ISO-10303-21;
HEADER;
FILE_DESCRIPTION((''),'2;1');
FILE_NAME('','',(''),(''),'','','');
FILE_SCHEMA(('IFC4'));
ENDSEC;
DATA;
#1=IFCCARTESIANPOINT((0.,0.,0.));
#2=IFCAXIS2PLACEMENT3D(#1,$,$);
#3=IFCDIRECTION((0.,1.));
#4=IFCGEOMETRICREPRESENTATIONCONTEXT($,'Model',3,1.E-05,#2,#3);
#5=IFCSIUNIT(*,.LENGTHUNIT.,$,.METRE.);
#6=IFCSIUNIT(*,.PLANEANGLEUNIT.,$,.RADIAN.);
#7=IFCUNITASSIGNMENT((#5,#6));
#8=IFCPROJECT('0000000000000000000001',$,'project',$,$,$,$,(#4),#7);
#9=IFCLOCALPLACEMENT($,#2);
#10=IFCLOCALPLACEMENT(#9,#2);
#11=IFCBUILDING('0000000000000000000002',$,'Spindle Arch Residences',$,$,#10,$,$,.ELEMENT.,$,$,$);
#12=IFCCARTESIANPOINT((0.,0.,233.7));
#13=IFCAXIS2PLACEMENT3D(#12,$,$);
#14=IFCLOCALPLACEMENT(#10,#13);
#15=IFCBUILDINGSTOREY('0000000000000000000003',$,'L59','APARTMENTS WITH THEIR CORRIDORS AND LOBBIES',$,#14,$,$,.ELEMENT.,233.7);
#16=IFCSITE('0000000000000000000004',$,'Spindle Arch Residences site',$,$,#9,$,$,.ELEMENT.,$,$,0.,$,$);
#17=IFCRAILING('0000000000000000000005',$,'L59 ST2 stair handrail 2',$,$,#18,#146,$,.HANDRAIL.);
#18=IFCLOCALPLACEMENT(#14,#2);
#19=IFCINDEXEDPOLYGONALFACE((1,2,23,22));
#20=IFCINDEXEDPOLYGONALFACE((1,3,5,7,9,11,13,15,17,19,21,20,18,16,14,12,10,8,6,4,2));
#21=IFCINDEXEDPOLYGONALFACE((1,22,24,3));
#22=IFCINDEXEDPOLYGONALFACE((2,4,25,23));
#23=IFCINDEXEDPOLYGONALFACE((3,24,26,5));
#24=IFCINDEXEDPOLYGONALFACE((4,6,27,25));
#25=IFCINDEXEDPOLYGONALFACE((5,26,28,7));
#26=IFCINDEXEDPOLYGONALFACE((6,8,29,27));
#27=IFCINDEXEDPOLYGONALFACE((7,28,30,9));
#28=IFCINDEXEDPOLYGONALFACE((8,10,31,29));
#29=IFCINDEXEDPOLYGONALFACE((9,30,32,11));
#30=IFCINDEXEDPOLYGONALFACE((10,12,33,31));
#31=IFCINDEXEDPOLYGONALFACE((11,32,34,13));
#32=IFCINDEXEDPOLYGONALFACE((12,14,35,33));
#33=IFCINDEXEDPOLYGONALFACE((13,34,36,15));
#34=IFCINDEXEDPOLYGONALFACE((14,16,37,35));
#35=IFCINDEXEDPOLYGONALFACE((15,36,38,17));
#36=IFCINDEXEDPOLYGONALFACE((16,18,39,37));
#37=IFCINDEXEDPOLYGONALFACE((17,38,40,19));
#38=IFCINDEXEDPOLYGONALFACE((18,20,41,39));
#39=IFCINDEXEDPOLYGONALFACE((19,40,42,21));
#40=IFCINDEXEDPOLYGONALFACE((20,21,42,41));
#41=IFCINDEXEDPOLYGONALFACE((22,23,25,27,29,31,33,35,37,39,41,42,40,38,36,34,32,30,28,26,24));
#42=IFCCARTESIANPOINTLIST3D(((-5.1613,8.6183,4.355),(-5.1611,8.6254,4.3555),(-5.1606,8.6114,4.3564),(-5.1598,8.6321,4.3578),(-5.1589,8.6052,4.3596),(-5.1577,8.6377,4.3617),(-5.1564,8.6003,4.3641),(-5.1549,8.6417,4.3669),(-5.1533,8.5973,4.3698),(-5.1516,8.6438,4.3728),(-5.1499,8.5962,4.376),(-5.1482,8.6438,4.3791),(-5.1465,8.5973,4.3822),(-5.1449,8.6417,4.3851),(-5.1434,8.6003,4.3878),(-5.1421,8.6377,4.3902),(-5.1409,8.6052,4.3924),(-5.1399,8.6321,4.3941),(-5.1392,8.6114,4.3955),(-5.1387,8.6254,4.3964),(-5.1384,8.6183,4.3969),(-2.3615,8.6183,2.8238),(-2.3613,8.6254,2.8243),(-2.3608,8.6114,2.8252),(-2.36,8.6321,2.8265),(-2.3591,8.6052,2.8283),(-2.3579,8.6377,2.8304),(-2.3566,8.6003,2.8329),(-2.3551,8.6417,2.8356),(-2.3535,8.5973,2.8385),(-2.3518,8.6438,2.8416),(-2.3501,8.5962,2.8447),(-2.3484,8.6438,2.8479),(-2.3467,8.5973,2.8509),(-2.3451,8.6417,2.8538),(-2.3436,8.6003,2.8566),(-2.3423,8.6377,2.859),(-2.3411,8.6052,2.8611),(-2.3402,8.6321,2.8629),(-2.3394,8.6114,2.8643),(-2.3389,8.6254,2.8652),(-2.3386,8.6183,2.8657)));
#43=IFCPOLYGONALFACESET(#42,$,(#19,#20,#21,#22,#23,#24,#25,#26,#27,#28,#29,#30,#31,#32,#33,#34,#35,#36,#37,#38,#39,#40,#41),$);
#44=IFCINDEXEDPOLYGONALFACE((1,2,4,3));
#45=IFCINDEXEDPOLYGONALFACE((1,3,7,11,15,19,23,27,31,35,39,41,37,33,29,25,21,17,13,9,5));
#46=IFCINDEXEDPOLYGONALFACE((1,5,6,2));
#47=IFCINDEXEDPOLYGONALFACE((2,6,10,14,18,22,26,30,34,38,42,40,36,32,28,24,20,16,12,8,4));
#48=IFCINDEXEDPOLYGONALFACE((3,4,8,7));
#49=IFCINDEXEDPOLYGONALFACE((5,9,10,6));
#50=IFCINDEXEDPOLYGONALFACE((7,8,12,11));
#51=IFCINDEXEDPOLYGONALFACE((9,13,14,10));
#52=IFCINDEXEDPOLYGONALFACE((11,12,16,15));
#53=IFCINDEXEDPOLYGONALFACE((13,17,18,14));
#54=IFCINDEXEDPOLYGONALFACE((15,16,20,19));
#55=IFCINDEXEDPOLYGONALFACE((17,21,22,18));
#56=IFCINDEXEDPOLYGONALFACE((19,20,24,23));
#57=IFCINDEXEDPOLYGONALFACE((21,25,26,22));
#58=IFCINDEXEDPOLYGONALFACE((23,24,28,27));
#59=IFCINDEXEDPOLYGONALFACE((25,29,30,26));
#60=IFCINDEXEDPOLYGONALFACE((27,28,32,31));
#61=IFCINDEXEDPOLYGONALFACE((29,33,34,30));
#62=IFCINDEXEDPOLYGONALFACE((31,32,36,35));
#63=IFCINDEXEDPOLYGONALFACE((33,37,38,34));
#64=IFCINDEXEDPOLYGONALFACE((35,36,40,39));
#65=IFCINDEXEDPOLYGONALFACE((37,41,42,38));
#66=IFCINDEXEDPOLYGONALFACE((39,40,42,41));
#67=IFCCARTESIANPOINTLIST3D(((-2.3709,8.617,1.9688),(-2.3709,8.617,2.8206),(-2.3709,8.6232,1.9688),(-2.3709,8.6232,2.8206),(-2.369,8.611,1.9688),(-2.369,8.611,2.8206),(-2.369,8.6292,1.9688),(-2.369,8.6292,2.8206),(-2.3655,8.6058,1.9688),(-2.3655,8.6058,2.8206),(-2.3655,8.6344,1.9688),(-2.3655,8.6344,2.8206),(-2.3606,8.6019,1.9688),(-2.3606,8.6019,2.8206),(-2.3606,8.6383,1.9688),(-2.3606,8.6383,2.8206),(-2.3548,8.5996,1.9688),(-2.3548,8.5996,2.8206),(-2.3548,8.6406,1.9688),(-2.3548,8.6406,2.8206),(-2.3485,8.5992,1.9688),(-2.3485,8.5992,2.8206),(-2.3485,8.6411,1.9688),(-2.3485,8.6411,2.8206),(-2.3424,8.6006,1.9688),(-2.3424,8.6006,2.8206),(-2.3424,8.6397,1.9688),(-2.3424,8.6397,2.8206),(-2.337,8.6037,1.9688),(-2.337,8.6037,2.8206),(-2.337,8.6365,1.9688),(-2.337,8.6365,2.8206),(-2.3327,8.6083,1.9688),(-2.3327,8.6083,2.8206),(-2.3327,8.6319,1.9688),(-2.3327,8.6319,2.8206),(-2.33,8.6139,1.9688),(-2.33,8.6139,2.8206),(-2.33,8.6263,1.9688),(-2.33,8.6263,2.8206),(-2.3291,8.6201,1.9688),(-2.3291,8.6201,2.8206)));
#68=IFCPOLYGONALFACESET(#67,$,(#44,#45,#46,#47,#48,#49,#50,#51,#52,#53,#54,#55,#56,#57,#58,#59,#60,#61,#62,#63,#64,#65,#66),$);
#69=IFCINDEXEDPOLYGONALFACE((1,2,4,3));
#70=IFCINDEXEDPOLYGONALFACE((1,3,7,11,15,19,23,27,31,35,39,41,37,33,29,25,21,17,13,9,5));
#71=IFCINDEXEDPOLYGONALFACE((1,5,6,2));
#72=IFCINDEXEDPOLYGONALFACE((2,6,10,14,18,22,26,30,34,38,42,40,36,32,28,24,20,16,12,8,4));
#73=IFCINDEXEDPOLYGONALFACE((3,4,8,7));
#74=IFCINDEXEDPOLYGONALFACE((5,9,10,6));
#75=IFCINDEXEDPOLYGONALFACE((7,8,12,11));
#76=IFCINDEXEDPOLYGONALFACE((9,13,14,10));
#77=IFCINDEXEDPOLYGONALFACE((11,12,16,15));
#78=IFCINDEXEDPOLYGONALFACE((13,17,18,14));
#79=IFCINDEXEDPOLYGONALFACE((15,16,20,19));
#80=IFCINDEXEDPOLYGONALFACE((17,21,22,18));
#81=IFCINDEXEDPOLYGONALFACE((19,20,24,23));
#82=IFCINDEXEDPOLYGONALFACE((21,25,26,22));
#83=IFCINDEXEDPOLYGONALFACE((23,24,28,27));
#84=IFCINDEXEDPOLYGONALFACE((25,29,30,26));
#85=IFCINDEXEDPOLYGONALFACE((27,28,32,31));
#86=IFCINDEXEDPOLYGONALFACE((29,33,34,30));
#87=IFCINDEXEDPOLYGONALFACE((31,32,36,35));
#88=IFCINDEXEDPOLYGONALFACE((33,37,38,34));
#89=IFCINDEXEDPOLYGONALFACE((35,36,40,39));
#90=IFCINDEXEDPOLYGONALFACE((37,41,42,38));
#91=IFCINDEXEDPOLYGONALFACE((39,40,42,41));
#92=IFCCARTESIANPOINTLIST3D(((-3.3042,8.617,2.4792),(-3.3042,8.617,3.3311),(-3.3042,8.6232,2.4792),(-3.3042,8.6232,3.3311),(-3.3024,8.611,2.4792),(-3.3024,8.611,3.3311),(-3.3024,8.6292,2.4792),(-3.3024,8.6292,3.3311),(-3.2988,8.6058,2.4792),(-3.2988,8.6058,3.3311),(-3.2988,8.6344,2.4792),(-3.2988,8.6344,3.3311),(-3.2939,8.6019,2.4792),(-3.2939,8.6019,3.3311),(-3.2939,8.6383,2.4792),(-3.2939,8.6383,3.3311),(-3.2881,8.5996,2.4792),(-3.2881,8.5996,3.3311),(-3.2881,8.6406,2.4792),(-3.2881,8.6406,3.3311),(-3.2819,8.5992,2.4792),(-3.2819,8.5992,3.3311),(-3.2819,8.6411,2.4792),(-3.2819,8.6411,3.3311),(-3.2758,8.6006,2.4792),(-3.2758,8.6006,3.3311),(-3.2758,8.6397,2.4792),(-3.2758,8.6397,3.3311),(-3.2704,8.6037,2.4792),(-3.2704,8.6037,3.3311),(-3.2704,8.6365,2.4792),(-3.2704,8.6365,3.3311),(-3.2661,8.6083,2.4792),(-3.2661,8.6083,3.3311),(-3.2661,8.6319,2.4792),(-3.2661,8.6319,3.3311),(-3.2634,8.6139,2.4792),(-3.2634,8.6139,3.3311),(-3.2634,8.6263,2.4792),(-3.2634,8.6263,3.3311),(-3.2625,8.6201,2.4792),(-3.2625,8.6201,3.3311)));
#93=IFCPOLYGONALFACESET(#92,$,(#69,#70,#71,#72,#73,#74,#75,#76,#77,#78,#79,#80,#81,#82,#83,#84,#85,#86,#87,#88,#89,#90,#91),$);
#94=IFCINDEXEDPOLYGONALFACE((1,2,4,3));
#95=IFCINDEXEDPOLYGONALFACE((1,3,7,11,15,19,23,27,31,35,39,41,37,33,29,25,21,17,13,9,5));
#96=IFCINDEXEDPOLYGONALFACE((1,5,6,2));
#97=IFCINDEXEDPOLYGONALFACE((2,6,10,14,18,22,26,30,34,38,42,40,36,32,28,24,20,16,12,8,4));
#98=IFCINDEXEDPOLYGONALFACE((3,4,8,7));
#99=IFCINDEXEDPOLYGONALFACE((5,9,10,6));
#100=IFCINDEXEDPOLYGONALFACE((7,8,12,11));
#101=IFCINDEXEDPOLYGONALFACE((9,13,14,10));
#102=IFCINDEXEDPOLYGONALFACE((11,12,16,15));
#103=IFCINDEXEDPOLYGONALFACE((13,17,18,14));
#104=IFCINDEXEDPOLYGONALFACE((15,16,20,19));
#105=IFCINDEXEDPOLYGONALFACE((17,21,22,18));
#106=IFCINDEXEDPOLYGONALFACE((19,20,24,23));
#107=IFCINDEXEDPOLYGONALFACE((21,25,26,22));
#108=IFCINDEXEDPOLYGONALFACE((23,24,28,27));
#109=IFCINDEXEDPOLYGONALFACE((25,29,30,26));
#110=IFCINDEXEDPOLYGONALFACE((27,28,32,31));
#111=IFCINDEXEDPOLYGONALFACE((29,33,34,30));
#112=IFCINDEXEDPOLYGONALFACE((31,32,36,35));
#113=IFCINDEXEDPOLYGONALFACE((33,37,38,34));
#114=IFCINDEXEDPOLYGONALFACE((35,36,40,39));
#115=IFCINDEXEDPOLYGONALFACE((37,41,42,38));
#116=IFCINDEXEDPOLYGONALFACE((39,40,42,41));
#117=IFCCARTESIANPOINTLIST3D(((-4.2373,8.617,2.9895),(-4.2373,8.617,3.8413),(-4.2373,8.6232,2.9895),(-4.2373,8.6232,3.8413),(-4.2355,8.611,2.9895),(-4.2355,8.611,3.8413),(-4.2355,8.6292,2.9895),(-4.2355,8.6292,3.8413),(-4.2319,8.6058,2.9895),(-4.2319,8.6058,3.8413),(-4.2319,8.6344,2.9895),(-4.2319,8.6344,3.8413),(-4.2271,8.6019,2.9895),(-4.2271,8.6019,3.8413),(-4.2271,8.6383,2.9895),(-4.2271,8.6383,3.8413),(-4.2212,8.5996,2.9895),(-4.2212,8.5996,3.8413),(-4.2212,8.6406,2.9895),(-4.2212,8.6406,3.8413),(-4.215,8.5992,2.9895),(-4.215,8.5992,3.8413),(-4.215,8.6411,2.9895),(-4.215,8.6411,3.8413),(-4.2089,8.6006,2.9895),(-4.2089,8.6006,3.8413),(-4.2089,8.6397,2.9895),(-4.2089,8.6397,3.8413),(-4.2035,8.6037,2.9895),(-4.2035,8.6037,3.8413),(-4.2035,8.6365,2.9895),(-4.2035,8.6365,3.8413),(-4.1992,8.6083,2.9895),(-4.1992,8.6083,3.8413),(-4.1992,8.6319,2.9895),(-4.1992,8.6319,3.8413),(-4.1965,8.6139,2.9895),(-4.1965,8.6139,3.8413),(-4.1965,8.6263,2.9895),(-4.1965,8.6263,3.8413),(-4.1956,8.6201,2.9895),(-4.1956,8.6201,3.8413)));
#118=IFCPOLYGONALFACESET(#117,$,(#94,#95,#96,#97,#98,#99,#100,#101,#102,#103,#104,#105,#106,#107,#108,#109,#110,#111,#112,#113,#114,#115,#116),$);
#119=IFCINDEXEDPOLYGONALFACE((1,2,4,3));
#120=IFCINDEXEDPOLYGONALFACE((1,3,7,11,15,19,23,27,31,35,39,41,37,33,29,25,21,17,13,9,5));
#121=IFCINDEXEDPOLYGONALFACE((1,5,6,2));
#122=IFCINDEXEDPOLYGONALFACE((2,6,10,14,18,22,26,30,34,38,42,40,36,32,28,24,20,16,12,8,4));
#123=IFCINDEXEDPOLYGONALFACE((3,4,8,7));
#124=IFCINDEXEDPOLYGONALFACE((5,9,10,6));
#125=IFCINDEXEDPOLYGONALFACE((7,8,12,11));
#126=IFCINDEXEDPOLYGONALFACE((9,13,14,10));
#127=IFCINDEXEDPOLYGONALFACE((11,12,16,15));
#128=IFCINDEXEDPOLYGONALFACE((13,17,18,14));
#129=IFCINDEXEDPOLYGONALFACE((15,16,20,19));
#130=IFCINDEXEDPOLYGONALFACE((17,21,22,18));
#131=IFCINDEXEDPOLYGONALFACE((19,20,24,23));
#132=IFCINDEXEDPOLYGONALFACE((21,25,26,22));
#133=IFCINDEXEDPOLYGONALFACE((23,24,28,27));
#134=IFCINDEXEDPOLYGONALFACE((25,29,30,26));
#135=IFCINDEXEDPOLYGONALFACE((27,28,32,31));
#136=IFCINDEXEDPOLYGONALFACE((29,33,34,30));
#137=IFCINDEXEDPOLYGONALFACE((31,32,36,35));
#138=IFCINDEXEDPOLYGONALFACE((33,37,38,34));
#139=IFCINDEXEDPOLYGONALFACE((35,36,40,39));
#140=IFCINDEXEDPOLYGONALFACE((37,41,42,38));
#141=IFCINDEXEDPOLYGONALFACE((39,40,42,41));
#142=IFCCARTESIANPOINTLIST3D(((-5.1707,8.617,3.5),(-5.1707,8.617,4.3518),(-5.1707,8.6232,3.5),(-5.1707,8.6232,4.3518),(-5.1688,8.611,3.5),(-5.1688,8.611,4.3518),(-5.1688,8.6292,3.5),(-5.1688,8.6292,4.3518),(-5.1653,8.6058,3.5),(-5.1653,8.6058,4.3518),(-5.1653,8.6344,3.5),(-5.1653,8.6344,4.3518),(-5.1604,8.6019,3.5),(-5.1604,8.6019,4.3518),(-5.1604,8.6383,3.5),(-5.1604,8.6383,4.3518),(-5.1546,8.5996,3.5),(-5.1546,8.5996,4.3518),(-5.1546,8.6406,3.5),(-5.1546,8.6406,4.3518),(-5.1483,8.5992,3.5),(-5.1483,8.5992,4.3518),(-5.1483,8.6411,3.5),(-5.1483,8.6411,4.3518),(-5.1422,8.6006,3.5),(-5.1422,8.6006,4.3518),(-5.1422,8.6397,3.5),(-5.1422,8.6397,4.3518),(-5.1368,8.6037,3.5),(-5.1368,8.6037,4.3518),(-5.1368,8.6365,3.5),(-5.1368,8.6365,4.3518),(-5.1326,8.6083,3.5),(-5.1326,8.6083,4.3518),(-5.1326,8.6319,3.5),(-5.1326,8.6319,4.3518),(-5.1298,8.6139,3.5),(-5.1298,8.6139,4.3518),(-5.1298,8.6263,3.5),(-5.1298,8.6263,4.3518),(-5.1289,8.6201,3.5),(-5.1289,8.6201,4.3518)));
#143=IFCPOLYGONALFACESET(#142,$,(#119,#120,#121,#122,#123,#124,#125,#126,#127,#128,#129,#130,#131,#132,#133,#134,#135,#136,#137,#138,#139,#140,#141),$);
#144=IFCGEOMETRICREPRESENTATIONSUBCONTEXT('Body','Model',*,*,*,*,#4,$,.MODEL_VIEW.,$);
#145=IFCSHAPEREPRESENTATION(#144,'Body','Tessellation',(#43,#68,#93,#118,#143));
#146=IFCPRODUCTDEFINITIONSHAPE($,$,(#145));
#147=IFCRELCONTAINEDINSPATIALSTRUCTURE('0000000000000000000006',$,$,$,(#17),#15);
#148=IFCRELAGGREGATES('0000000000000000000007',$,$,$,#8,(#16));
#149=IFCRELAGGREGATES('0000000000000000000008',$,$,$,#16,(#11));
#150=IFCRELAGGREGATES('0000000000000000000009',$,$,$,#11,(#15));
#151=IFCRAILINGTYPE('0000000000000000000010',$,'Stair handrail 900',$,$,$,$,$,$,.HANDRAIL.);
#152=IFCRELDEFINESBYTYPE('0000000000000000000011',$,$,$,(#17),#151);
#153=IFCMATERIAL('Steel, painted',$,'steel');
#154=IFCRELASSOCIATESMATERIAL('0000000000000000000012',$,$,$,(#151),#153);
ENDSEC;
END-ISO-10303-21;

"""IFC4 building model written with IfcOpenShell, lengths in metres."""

from ifc_helpers import new_model, si_unit, direction, frame, origin, origin_2d, place, context, subcontext, project, spatial, circle, extrude, material, type_object, element, save


model = new_model("IFC4")

# Units and contexts
model_context = context("Model", 3, precision=1e-05, world=origin(), true_north=direction((0.0, 1.0)))
body_context = subcontext(model_context, "Body", "Model", "MODEL_VIEW")
ifc_project = project(units=[si_unit("LENGTHUNIT", "METRE"), si_unit("PLANEANGLEUNIT", "RADIAN")], contexts=[model_context])

# Site, building, storey
site_placement = place(None, origin())
site = spatial("IfcSite", under=ifc_project, at=site_placement, Name="Spindle Arch Residences site", CompositionType="ELEMENT", RefElevation=0.0)
building_placement = place(site_placement, origin())
building = spatial("IfcBuilding", under=site, at=building_placement, Name="Spindle Arch Residences", CompositionType="ELEMENT")
storey_placement = place(building_placement, frame((0.0, 0.0, 233.7)))
storey = spatial("IfcBuildingStorey", under=building, at=storey_placement, Name="L59", Description="APARTMENTS WITH THEIR CORRIDORS AND LOBBIES", CompositionType="ELEMENT", Elevation=233.7)

# Railing
ifc_material_1 = material(Name="Steel, painted", Category="steel")
railing_type_1 = type_object("IfcRailingType", Name="Stair handrail 900", PredefinedType="HANDRAIL", material=ifc_material_1)
railing_1_placement = place(storey_placement, frame((-2.3501, 8.6201, 1.9688)))
element("IfcRailing", 1, at=railing_1_placement, inside=storey, type_object=railing_type_1, Name="L59 ST2 stair handrail 2", PredefinedType="HANDRAIL", context=body_context, shape_type="SweptSolid", body=[
    extrude(circle(Radius=0.0239, at=origin_2d()), frame((0.0, 0.0, 0.876), z_axis=(-0.877357, 0.0, 0.479838), x_axis=(0.0, -1.0, 0.0)), (0.0, 0.0, 1.0), 3.1912),
    extrude(circle(Radius=0.021, at=origin_2d()), origin(), (0.0, 0.0, 1.0), 0.8518),
    extrude(circle(Radius=0.021, at=origin_2d()), frame((-0.9333, 0.0, 0.5105)), (0.0, 0.0, 1.0), 0.8518),
    extrude(circle(Radius=0.021, at=origin_2d()), frame((-1.8665, 0.0, 1.0208)), (0.0, 0.0, 1.0), 0.8518),
    extrude(circle(Radius=0.021, at=origin_2d()), frame((-2.7998, 0.0, 1.5312)), (0.0, 0.0, 1.0), 0.8518),
])

save(model, "model.ifc")
